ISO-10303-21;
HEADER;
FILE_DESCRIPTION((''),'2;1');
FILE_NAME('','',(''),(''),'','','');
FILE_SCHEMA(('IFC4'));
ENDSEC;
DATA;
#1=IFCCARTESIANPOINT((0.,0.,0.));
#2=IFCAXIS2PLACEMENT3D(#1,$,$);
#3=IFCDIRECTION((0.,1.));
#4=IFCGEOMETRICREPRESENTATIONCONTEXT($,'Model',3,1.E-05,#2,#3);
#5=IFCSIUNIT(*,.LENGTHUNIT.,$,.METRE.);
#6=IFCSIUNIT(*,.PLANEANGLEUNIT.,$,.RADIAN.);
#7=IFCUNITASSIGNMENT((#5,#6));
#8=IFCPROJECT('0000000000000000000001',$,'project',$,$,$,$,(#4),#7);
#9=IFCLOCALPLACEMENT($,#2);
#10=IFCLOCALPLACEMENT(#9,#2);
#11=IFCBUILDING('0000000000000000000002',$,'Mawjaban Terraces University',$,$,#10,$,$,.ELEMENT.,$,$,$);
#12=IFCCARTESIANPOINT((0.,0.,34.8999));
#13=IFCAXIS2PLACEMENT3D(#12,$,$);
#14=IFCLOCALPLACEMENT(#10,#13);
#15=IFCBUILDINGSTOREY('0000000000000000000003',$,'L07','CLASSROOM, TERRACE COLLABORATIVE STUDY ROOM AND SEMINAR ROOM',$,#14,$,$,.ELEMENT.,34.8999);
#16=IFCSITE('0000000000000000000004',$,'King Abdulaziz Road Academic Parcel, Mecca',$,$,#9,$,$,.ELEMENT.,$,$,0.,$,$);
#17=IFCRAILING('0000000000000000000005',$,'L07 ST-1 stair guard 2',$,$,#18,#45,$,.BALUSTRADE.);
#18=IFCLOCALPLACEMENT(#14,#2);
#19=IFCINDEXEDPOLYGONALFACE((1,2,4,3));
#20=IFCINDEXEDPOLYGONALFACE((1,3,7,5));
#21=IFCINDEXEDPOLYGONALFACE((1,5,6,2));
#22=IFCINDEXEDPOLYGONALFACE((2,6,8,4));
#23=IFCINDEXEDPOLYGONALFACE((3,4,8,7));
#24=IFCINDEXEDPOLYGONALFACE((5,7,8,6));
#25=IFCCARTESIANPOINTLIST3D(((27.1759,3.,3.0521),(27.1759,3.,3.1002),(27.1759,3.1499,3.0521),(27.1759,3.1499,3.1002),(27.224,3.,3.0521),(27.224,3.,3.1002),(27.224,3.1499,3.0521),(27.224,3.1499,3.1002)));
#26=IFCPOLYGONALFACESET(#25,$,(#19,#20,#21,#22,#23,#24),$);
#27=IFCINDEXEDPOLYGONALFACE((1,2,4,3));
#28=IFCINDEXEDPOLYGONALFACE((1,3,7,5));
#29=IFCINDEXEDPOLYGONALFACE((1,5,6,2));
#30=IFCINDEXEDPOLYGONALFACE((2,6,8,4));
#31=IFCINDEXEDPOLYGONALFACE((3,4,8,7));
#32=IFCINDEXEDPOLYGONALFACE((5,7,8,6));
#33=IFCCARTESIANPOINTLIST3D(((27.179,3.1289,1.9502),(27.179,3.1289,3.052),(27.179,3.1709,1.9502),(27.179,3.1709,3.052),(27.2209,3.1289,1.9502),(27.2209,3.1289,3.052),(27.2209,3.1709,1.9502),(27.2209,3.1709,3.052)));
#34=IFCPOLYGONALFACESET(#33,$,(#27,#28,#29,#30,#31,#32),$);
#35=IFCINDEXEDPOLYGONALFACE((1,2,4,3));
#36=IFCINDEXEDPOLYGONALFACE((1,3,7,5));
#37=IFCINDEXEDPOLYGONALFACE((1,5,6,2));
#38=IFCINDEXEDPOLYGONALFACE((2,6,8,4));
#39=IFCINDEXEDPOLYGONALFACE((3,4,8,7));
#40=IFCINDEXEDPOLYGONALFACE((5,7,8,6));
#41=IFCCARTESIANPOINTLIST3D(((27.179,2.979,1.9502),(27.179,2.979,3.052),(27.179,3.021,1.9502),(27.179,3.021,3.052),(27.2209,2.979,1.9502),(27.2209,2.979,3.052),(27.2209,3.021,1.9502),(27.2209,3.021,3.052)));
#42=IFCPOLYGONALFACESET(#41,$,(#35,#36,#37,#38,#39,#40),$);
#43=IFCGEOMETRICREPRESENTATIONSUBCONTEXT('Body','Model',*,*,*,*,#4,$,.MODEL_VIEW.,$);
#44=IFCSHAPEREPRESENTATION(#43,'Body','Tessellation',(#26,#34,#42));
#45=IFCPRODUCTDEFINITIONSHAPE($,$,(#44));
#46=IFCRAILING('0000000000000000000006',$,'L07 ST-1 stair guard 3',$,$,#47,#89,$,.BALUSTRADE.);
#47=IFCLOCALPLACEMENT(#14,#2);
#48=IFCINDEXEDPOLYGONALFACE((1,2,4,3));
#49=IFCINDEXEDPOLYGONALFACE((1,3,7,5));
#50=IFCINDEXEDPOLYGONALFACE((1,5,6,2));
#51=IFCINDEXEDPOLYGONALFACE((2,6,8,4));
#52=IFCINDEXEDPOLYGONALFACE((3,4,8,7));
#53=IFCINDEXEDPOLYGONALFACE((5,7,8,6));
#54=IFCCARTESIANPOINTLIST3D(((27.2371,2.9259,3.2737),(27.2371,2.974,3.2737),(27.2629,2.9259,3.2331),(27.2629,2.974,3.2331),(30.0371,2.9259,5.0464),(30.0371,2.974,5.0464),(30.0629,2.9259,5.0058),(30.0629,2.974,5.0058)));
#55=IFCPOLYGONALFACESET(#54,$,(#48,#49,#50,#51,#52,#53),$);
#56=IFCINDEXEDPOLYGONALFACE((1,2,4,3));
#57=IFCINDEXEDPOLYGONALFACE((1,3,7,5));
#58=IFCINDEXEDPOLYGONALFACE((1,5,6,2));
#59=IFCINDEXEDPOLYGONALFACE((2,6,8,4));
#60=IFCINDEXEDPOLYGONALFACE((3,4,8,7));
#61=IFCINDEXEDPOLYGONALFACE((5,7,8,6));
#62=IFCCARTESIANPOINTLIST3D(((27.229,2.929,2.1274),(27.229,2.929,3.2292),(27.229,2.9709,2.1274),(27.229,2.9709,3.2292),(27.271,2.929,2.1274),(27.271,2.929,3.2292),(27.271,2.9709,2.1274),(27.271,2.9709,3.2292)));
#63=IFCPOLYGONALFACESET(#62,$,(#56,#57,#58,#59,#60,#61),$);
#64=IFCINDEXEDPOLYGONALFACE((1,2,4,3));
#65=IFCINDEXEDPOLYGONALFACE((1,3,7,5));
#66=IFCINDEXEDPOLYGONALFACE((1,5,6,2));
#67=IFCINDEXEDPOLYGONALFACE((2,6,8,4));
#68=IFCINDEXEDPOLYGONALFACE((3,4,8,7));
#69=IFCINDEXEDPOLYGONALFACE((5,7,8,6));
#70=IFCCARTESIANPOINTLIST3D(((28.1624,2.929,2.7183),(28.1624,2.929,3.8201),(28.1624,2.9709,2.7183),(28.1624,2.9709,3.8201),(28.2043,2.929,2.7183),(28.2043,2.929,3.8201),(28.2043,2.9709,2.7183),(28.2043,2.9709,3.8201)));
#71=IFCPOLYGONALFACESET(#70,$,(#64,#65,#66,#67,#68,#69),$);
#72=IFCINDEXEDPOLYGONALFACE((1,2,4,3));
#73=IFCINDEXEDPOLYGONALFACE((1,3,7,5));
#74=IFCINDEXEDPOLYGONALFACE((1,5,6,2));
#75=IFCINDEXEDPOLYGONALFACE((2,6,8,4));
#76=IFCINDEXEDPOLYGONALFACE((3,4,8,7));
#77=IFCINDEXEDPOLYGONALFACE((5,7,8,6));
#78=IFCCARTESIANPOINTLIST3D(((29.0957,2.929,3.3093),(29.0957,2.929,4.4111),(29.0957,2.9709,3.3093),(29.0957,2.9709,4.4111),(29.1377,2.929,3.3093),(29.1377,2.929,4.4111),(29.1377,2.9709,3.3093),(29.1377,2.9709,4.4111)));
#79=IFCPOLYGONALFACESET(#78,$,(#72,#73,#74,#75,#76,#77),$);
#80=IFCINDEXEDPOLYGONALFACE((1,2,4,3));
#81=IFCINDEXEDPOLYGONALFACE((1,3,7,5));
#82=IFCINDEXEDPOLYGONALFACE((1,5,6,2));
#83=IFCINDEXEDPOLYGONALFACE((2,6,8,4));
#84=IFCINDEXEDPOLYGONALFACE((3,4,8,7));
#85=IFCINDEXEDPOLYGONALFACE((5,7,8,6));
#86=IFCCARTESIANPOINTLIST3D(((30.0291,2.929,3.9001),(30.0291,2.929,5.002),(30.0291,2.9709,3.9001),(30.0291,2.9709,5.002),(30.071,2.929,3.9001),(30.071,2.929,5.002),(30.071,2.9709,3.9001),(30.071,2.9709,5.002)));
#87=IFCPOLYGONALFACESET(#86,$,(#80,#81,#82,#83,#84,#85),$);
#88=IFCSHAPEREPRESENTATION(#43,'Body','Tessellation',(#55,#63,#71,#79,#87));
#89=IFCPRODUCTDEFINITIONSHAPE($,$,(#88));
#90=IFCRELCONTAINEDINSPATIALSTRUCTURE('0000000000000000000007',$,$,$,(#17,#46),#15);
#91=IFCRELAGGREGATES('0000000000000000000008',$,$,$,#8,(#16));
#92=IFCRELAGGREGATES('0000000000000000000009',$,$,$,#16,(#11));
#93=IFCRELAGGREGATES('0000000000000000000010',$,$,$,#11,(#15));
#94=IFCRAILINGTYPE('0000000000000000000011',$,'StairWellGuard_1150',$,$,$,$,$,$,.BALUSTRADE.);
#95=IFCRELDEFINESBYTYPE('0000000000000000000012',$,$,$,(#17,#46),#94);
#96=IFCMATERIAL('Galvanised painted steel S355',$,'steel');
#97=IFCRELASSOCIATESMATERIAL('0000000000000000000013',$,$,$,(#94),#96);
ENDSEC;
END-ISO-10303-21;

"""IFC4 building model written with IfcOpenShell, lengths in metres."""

from ifc_helpers import new_model, si_unit, direction, frame, origin, origin_2d, place, context, subcontext, project, spatial, rectangle, extrude, material, type_object, element, save


model = new_model("IFC4")

# Units and contexts
model_context = context("Model", 3, precision=1e-05, world=origin(), true_north=direction((0.0, 1.0)))
body_context = subcontext(model_context, "Body", "Model", "MODEL_VIEW")
ifc_project = project(units=[si_unit("LENGTHUNIT", "METRE"), si_unit("PLANEANGLEUNIT", "RADIAN")], contexts=[model_context])

# Site, building, storey
site_placement = place(None, origin())
site = spatial("IfcSite", under=ifc_project, at=site_placement, Name="King Abdulaziz Road Academic Parcel, Mecca", CompositionType="ELEMENT", RefElevation=0.0)
building_placement = place(site_placement, origin())
building = spatial("IfcBuilding", under=site, at=building_placement, Name="Mawjaban Terraces University", CompositionType="ELEMENT")
storey_placement = place(building_placement, frame((0.0, 0.0, 34.8999)))
storey = spatial("IfcBuildingStorey", under=building, at=storey_placement, Name="L07", Description="CLASSROOM, TERRACE COLLABORATIVE STUDY ROOM AND SEMINAR ROOM", CompositionType="ELEMENT", Elevation=34.8999)

# Railings
ifc_material_1 = material(Name="Galvanised painted steel S355", Category="steel")
railing_type_1 = type_object("IfcRailingType", Name="StairWellGuard_1150", PredefinedType="BALUSTRADE", material=ifc_material_1)
railing_1_placement = place(storey_placement, frame((27.2, 3.1499, 1.9502)))
element("IfcRailing", 1, at=railing_1_placement, inside=storey, type_object=railing_type_1, Name="L07 ST-1 stair guard 2", PredefinedType="BALUSTRADE", context=body_context, shape_type="SweptSolid", body=[
    extrude(rectangle(XDim=0.0481, YDim=0.0481, at=origin_2d()), frame((0.0, 0.0, 1.126), z_axis=(0.0, -1.0, 0.0), x_axis=(1.0, 0.0, 0.0)), (0.0, 0.0, 1.0), 0.1499),
    extrude(rectangle(XDim=0.042, YDim=0.042, at=origin_2d()), origin(), (0.0, 0.0, 1.0), 1.1018),
    extrude(rectangle(XDim=0.042, YDim=0.042, at=origin_2d()), frame((0.0, -0.1499, 0.0)), (0.0, 0.0, 1.0), 1.1018),
])
railing_2_placement = place(storey_placement, frame((27.25, 2.95, 2.1274)))
element("IfcRailing", 2, at=railing_2_placement, inside=storey, type_object=railing_type_1, Name="L07 ST-1 stair guard 3", PredefinedType="BALUSTRADE", context=body_context, shape_type="SweptSolid", body=[
    extrude(rectangle(XDim=0.0481, YDim=0.0481, at=origin_2d()), frame((0.0, 0.0, 1.126), z_axis=(0.844909, 0.0, 0.53491), x_axis=(0.0, 1.0, 0.0)), (0.0, 0.0, 1.0), 3.314),
    extrude(rectangle(XDim=0.042, YDim=0.042, at=origin_2d()), origin(), (0.0, 0.0, 1.0), 1.1018),
    extrude(rectangle(XDim=0.042, YDim=0.042, at=origin_2d()), frame((0.9333, 0.0, 0.5908)), (0.0, 0.0, 1.0), 1.1018),
    extrude(rectangle(XDim=0.042, YDim=0.042, at=origin_2d()), frame((1.8667, 0.0, 1.1819)), (0.0, 0.0, 1.0), 1.1018),
    extrude(rectangle(XDim=0.042, YDim=0.042, at=origin_2d()), frame((2.8, 0.0, 1.7727)), (0.0, 0.0, 1.0), 1.1018),
])

save(model, "model.ifc")
